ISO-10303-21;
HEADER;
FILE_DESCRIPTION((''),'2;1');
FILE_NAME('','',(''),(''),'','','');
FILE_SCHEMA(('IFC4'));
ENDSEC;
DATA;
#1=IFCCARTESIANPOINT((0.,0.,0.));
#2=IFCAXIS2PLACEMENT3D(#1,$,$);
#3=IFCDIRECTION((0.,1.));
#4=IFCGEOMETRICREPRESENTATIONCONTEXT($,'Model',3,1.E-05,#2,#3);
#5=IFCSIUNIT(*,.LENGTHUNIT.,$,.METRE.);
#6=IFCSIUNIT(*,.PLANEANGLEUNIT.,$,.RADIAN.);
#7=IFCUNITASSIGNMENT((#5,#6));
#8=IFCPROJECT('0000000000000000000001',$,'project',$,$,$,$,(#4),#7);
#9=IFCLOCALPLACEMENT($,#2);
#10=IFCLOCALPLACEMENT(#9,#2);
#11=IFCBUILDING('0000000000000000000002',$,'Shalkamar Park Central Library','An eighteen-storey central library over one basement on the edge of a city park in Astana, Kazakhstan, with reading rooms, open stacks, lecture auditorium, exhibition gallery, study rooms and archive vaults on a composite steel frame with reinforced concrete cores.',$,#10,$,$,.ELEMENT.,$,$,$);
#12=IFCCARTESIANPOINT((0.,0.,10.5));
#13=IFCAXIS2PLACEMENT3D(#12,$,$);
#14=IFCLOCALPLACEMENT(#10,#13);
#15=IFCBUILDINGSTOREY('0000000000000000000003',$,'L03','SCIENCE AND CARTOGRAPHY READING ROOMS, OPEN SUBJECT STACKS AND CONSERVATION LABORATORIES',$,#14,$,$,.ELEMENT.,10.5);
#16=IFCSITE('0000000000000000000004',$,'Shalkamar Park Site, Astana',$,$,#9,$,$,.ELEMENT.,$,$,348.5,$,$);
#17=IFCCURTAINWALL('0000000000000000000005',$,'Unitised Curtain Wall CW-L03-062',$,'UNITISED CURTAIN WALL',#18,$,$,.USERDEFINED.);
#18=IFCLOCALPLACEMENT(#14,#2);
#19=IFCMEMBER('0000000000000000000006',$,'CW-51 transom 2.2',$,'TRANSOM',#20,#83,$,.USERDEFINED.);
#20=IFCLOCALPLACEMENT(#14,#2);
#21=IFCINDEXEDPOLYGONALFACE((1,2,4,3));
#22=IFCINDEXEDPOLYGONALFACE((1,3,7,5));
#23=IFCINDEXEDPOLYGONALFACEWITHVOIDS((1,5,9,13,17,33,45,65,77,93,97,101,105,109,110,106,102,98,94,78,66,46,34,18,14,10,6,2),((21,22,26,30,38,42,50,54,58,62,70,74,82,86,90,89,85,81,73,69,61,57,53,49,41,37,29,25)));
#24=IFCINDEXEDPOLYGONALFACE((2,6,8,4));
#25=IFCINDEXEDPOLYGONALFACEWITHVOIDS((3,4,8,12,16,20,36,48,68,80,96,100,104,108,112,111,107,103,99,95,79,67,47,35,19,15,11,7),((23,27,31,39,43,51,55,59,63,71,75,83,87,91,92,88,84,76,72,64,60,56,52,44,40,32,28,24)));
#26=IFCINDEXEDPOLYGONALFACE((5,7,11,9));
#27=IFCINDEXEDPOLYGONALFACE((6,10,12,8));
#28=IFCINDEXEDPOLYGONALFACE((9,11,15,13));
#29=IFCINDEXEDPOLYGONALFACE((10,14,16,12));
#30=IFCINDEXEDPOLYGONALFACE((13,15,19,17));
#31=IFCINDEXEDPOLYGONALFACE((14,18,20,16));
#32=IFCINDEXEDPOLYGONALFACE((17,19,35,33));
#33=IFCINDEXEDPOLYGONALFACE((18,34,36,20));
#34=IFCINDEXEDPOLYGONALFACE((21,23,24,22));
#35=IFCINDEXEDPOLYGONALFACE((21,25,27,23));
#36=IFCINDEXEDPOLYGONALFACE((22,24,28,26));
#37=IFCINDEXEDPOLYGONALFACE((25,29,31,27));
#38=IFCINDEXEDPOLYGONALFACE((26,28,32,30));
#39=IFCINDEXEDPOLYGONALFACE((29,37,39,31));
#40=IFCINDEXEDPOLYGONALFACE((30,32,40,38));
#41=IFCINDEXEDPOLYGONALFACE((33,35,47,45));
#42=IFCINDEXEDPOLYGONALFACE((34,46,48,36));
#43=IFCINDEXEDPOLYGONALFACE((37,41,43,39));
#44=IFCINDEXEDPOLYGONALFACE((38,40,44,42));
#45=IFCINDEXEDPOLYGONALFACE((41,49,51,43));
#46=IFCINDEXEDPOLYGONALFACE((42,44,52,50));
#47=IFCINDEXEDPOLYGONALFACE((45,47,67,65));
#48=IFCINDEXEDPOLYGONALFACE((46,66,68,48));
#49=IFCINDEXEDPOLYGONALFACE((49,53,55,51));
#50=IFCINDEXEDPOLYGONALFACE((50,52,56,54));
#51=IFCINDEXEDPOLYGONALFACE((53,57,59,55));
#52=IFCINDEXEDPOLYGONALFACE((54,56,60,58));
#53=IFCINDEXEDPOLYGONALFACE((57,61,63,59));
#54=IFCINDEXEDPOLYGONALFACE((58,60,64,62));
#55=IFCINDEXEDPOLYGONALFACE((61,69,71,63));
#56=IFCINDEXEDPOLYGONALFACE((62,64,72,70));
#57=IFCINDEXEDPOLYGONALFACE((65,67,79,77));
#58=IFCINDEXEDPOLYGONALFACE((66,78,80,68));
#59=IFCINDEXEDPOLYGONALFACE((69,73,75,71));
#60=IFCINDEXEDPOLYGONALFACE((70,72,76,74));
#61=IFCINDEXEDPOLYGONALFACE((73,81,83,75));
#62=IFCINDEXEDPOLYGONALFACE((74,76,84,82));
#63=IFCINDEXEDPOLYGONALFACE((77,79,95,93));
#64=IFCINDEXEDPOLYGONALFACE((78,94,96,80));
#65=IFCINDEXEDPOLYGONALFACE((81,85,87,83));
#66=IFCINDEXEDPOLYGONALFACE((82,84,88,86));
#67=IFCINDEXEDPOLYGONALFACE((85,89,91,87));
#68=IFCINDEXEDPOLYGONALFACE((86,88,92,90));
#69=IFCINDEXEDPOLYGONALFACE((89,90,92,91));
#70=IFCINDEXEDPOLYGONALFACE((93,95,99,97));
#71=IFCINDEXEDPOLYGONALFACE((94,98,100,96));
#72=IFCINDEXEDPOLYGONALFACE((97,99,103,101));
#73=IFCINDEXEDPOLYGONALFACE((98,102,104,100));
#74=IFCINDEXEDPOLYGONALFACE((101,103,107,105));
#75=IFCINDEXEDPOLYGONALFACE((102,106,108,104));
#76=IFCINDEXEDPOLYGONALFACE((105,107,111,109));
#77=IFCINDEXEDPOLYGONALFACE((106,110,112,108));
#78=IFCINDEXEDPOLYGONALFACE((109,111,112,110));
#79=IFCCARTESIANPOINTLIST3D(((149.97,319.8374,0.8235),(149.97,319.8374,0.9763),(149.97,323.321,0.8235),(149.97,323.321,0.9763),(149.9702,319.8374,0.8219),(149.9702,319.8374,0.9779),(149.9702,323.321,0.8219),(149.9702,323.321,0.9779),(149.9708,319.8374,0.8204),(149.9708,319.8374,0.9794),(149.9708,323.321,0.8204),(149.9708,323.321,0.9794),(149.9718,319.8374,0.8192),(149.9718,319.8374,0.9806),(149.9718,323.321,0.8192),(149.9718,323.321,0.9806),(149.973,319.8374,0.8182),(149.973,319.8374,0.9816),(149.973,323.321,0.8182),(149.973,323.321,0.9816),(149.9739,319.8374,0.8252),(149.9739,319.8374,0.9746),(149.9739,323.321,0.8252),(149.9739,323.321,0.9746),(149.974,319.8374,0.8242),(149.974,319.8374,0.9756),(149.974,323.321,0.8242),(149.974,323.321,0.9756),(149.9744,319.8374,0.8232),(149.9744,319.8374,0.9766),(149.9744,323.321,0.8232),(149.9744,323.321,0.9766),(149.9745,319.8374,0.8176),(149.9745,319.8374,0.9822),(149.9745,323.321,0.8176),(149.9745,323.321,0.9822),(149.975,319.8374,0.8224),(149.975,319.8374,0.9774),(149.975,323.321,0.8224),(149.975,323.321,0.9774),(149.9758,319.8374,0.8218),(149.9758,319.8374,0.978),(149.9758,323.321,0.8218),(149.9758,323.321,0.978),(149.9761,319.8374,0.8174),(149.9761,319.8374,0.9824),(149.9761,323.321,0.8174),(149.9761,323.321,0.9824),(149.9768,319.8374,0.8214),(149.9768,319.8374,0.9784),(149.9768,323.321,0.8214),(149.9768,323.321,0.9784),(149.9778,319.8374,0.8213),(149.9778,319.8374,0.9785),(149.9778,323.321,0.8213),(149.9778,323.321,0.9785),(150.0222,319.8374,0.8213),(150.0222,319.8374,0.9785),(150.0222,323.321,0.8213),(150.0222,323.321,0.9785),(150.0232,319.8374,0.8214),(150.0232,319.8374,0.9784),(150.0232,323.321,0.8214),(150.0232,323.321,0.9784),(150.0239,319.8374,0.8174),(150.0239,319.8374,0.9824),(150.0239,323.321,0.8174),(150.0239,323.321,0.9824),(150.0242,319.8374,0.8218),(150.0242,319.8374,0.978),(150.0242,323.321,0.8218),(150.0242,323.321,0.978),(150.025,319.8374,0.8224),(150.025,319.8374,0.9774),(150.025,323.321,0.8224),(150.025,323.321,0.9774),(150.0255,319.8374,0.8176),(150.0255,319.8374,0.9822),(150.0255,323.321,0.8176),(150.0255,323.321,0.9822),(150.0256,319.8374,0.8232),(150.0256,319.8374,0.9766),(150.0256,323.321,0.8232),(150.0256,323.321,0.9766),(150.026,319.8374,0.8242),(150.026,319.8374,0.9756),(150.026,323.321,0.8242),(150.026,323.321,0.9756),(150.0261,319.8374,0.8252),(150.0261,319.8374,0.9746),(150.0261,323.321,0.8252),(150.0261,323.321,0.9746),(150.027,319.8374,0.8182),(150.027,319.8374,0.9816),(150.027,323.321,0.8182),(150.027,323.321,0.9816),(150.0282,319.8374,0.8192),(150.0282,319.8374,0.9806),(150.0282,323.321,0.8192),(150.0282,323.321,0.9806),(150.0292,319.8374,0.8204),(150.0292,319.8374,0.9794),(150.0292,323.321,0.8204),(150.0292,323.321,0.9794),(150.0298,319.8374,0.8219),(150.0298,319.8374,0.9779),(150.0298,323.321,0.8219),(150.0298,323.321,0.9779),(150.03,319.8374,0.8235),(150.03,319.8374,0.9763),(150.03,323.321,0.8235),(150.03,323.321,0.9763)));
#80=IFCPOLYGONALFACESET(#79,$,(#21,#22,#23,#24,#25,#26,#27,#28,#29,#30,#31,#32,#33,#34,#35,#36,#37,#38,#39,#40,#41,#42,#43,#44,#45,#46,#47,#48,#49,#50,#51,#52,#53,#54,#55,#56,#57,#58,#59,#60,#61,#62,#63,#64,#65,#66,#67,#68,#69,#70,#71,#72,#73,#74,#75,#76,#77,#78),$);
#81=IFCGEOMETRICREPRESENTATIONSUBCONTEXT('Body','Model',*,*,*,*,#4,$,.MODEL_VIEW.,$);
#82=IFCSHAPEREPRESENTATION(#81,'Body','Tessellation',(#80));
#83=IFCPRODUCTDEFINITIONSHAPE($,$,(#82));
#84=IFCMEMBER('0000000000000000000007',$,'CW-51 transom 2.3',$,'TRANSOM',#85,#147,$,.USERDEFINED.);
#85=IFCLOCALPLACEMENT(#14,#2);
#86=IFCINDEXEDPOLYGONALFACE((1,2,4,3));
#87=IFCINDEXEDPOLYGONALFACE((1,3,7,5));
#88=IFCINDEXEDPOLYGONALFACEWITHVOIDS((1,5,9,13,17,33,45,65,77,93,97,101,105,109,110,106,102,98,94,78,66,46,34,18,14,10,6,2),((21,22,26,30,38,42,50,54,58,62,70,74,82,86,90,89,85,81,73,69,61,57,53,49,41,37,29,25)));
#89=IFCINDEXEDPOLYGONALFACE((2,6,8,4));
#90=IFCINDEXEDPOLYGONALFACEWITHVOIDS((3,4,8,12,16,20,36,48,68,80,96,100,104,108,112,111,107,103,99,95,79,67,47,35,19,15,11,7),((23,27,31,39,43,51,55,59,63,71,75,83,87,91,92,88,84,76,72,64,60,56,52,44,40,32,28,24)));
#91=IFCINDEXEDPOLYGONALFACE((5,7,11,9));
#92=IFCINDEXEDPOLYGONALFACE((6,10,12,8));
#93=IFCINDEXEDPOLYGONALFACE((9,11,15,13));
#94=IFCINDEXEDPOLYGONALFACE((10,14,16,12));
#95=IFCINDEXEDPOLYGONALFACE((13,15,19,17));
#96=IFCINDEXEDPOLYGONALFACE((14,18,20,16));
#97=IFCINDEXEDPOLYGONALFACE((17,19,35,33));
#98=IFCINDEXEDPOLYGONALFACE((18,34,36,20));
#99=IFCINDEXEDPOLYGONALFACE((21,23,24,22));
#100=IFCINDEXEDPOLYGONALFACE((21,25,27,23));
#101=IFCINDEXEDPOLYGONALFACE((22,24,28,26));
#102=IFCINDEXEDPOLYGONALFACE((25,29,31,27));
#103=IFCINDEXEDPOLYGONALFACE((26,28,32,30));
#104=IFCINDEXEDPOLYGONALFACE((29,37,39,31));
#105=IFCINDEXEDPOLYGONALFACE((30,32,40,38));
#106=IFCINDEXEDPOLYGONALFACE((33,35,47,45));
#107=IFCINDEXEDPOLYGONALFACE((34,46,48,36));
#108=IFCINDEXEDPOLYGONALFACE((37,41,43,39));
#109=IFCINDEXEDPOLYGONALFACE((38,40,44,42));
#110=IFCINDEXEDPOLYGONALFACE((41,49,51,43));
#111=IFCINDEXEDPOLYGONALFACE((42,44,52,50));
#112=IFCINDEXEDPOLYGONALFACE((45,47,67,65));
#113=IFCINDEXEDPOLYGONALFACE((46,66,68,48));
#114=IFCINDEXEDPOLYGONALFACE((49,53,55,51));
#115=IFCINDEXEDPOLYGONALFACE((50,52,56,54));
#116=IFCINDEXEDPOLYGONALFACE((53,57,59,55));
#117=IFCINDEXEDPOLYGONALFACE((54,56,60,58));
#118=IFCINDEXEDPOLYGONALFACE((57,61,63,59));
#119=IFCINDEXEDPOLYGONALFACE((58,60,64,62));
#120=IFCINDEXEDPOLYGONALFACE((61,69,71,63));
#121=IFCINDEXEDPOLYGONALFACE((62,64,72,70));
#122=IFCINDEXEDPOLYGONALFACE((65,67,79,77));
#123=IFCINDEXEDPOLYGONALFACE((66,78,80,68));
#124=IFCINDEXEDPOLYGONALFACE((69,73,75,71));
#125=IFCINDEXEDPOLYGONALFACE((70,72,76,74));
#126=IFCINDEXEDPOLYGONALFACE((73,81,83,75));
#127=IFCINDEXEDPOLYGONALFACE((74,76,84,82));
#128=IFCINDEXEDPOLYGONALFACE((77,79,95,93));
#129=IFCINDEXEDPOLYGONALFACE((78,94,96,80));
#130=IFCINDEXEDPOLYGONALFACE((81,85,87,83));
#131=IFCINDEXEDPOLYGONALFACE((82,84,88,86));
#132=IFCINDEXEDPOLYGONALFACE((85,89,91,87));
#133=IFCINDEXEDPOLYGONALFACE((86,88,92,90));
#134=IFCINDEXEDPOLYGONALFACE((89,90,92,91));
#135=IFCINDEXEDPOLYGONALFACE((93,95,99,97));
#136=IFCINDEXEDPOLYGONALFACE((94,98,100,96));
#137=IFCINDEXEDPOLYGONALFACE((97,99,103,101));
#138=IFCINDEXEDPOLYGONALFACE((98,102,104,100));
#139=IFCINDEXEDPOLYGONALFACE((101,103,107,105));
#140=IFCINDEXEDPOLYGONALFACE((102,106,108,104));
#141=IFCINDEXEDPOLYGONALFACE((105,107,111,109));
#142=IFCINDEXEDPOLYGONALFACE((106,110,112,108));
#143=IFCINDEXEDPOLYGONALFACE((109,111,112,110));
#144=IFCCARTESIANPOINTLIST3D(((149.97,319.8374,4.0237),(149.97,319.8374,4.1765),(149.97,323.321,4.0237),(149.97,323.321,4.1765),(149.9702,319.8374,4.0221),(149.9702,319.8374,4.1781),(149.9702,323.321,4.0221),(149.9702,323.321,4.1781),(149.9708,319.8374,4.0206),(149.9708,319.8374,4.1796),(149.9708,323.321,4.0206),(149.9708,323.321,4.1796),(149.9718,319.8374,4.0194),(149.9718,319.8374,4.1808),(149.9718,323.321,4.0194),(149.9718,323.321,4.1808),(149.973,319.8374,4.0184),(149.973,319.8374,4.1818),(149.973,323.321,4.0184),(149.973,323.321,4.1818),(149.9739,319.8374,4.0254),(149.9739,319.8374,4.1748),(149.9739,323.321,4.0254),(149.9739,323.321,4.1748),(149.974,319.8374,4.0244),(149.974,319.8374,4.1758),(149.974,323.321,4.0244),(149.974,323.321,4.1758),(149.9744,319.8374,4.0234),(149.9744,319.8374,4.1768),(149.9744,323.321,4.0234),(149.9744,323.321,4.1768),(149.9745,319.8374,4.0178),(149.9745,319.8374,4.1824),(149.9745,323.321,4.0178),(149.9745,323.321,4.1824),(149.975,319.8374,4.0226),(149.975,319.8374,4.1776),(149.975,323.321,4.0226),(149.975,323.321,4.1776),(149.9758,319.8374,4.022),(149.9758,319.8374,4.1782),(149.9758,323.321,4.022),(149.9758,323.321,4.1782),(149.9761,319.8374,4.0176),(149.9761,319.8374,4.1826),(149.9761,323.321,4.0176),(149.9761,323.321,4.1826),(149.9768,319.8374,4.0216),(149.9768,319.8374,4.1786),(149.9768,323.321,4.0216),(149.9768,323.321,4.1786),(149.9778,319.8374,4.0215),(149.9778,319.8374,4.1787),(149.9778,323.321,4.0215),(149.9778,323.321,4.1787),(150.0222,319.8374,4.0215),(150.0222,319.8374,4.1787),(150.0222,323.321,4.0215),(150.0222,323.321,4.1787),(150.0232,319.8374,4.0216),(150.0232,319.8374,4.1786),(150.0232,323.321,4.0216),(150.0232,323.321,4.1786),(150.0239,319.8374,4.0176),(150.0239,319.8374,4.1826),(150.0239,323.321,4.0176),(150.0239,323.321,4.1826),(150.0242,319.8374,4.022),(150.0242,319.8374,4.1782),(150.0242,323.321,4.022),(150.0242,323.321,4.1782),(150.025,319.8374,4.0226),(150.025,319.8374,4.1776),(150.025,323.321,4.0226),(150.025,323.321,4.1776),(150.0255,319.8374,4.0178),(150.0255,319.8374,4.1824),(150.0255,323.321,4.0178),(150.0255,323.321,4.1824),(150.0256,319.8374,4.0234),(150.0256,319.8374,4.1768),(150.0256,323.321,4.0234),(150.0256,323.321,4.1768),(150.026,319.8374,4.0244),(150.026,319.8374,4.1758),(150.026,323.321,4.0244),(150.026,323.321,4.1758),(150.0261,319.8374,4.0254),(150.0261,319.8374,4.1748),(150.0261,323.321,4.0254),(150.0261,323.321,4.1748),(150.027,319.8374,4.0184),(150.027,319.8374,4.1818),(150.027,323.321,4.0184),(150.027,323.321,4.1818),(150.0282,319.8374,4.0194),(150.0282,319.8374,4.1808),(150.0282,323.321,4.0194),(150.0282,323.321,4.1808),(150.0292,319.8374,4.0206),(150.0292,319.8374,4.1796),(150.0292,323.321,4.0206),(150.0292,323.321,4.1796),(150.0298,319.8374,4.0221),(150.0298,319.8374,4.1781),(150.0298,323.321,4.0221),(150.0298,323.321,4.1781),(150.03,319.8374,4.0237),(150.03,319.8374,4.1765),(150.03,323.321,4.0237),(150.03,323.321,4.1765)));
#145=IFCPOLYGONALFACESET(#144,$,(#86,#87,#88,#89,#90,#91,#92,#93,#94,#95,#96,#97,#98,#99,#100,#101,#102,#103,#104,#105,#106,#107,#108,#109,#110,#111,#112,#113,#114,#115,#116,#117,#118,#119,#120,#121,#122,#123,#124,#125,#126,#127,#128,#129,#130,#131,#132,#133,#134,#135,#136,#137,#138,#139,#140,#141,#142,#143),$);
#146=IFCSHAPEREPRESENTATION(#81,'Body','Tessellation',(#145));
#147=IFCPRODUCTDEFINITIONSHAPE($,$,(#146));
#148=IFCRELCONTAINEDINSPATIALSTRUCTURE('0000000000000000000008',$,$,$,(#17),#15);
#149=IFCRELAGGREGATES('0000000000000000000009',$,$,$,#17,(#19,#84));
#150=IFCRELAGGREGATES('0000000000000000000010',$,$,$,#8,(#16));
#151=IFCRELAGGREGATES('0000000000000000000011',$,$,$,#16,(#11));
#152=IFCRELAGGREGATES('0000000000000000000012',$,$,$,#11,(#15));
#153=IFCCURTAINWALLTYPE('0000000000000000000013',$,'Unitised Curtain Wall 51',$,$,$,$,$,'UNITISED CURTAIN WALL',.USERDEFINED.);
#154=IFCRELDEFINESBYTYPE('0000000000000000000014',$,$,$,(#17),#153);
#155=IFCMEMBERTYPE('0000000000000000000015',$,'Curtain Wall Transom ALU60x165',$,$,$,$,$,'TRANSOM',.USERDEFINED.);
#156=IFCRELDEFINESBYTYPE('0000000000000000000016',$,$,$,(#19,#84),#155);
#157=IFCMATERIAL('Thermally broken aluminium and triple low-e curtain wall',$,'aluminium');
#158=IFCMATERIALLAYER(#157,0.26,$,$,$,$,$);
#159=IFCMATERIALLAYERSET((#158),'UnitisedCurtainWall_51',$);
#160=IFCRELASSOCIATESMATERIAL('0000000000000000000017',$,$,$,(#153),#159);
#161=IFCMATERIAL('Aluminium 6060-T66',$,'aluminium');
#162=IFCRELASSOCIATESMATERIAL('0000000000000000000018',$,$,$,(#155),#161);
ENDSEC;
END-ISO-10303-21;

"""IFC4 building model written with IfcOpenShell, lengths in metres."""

from ifc_helpers import new_model, si_unit, direction, frame, origin, origin_2d, place, context, subcontext, project, spatial, hollow_rectangle, extrude, material, layer, layer_set, material_profile, profile_set, type_object, element, aggregate, save


model = new_model("IFC4")

# Units and contexts
model_context = context("Model", 3, precision=1e-05, world=origin(), true_north=direction((0.0, 1.0)))
body_context = subcontext(model_context, "Body", "Model", "MODEL_VIEW")
ifc_project = project(units=[si_unit("LENGTHUNIT", "METRE"), si_unit("PLANEANGLEUNIT", "RADIAN")], contexts=[model_context])

# Site, building, storey
site_placement = place(None, origin())
site = spatial("IfcSite", under=ifc_project, at=site_placement, Name="Shalkamar Park Site, Astana", CompositionType="ELEMENT", RefElevation=348.5)
building_placement = place(site_placement, origin())
building = spatial("IfcBuilding", under=site, at=building_placement, Name="Shalkamar Park Central Library", Description="An eighteen-storey central library over one basement on the edge of a city park in Astana, Kazakhstan, with reading rooms, open stacks, lecture auditorium, exhibition gallery, study rooms and archive vaults on a composite steel frame with reinforced concrete cores.", CompositionType="ELEMENT")
storey_placement = place(building_placement, frame((0.0, 0.0, 10.5)))
storey = spatial("IfcBuildingStorey", under=building, at=storey_placement, Name="L03", Description="SCIENCE AND CARTOGRAPHY READING ROOMS, OPEN SUBJECT STACKS AND CONSERVATION LABORATORIES", CompositionType="ELEMENT", Elevation=10.5)

# Curtain wall, members
ifc_material_1 = material(Name="Thermally broken aluminium and triple low-e curtain wall", Category="aluminium")
ifc_layer_1 = layer(ifc_material_1, 0.26)
ifc_layer_set_1 = layer_set([ifc_layer_1], Name="UnitisedCurtainWall_51")
curtain_wall_type = type_object("IfcCurtainWallType", Name="Unitised Curtain Wall 51", ElementType="UNITISED CURTAIN WALL", PredefinedType="USERDEFINED", material=ifc_layer_set_1)
curtain_wall_placement = place(storey_placement, origin())
curtain_wall = element("IfcCurtainWall", 1, at=curtain_wall_placement, inside=storey, type_object=curtain_wall_type, Name="Unitised Curtain Wall CW-L03-062", ObjectType="UNITISED CURTAIN WALL", PredefinedType="USERDEFINED")
ifc_material_2 = material(Name="Aluminium 6060-T66", Category="aluminium")
ifc_material_profile_1 = material_profile(ifc_material_2, hollow_rectangle(XDim=0.0601, YDim=0.165, WallThickness=0.0039, InnerFilletRadius=0.0039, OuterFilletRadius=0.0061, at=origin_2d()), Name="ALU 60x165x4")
ifc_profile_set_1 = profile_set([ifc_material_profile_1], Name="Aluminium 6060-T66")
member_type_1 = type_object("IfcMemberType", Name="Curtain Wall Transom ALU60x165", ElementType="TRANSOM", PredefinedType="USERDEFINED", material=ifc_profile_set_1)
member_1_placement = place(storey_placement, frame((150.0, 319.8374, 0.8999), z_axis=(0.0, 1.0, 0.0), x_axis=(-1.0, 0.0, 0.0)))
member_1 = element("IfcMember", 2, at=member_1_placement, type_object=member_type_1, Name="CW-51 transom 2.2", ObjectType="TRANSOM", PredefinedType="USERDEFINED", context=body_context, shape_type="SweptSolid", body=[
    extrude(hollow_rectangle(XDim=0.0601, YDim=0.165, WallThickness=0.0039, InnerFilletRadius=0.0039, OuterFilletRadius=0.0061, at=origin_2d()), origin(), (0.0, 0.0, 1.0), 3.4836),
])
member_2_placement = place(storey_placement, frame((150.0, 319.8374, 4.1001), z_axis=(0.0, 1.0, 0.0), x_axis=(-1.0, 0.0, 0.0)))
member_2 = element("IfcMember", 3, at=member_2_placement, type_object=member_type_1, Name="CW-51 transom 2.3", ObjectType="TRANSOM", PredefinedType="USERDEFINED", context=body_context, shape_type="SweptSolid", body=[
    extrude(hollow_rectangle(XDim=0.0601, YDim=0.165, WallThickness=0.0039, InnerFilletRadius=0.0039, OuterFilletRadius=0.0061, at=origin_2d()), origin(), (0.0, 0.0, 1.0), 3.4836),
])

aggregate(curtain_wall, [member_1, member_2])

save(model, "model.ifc")
